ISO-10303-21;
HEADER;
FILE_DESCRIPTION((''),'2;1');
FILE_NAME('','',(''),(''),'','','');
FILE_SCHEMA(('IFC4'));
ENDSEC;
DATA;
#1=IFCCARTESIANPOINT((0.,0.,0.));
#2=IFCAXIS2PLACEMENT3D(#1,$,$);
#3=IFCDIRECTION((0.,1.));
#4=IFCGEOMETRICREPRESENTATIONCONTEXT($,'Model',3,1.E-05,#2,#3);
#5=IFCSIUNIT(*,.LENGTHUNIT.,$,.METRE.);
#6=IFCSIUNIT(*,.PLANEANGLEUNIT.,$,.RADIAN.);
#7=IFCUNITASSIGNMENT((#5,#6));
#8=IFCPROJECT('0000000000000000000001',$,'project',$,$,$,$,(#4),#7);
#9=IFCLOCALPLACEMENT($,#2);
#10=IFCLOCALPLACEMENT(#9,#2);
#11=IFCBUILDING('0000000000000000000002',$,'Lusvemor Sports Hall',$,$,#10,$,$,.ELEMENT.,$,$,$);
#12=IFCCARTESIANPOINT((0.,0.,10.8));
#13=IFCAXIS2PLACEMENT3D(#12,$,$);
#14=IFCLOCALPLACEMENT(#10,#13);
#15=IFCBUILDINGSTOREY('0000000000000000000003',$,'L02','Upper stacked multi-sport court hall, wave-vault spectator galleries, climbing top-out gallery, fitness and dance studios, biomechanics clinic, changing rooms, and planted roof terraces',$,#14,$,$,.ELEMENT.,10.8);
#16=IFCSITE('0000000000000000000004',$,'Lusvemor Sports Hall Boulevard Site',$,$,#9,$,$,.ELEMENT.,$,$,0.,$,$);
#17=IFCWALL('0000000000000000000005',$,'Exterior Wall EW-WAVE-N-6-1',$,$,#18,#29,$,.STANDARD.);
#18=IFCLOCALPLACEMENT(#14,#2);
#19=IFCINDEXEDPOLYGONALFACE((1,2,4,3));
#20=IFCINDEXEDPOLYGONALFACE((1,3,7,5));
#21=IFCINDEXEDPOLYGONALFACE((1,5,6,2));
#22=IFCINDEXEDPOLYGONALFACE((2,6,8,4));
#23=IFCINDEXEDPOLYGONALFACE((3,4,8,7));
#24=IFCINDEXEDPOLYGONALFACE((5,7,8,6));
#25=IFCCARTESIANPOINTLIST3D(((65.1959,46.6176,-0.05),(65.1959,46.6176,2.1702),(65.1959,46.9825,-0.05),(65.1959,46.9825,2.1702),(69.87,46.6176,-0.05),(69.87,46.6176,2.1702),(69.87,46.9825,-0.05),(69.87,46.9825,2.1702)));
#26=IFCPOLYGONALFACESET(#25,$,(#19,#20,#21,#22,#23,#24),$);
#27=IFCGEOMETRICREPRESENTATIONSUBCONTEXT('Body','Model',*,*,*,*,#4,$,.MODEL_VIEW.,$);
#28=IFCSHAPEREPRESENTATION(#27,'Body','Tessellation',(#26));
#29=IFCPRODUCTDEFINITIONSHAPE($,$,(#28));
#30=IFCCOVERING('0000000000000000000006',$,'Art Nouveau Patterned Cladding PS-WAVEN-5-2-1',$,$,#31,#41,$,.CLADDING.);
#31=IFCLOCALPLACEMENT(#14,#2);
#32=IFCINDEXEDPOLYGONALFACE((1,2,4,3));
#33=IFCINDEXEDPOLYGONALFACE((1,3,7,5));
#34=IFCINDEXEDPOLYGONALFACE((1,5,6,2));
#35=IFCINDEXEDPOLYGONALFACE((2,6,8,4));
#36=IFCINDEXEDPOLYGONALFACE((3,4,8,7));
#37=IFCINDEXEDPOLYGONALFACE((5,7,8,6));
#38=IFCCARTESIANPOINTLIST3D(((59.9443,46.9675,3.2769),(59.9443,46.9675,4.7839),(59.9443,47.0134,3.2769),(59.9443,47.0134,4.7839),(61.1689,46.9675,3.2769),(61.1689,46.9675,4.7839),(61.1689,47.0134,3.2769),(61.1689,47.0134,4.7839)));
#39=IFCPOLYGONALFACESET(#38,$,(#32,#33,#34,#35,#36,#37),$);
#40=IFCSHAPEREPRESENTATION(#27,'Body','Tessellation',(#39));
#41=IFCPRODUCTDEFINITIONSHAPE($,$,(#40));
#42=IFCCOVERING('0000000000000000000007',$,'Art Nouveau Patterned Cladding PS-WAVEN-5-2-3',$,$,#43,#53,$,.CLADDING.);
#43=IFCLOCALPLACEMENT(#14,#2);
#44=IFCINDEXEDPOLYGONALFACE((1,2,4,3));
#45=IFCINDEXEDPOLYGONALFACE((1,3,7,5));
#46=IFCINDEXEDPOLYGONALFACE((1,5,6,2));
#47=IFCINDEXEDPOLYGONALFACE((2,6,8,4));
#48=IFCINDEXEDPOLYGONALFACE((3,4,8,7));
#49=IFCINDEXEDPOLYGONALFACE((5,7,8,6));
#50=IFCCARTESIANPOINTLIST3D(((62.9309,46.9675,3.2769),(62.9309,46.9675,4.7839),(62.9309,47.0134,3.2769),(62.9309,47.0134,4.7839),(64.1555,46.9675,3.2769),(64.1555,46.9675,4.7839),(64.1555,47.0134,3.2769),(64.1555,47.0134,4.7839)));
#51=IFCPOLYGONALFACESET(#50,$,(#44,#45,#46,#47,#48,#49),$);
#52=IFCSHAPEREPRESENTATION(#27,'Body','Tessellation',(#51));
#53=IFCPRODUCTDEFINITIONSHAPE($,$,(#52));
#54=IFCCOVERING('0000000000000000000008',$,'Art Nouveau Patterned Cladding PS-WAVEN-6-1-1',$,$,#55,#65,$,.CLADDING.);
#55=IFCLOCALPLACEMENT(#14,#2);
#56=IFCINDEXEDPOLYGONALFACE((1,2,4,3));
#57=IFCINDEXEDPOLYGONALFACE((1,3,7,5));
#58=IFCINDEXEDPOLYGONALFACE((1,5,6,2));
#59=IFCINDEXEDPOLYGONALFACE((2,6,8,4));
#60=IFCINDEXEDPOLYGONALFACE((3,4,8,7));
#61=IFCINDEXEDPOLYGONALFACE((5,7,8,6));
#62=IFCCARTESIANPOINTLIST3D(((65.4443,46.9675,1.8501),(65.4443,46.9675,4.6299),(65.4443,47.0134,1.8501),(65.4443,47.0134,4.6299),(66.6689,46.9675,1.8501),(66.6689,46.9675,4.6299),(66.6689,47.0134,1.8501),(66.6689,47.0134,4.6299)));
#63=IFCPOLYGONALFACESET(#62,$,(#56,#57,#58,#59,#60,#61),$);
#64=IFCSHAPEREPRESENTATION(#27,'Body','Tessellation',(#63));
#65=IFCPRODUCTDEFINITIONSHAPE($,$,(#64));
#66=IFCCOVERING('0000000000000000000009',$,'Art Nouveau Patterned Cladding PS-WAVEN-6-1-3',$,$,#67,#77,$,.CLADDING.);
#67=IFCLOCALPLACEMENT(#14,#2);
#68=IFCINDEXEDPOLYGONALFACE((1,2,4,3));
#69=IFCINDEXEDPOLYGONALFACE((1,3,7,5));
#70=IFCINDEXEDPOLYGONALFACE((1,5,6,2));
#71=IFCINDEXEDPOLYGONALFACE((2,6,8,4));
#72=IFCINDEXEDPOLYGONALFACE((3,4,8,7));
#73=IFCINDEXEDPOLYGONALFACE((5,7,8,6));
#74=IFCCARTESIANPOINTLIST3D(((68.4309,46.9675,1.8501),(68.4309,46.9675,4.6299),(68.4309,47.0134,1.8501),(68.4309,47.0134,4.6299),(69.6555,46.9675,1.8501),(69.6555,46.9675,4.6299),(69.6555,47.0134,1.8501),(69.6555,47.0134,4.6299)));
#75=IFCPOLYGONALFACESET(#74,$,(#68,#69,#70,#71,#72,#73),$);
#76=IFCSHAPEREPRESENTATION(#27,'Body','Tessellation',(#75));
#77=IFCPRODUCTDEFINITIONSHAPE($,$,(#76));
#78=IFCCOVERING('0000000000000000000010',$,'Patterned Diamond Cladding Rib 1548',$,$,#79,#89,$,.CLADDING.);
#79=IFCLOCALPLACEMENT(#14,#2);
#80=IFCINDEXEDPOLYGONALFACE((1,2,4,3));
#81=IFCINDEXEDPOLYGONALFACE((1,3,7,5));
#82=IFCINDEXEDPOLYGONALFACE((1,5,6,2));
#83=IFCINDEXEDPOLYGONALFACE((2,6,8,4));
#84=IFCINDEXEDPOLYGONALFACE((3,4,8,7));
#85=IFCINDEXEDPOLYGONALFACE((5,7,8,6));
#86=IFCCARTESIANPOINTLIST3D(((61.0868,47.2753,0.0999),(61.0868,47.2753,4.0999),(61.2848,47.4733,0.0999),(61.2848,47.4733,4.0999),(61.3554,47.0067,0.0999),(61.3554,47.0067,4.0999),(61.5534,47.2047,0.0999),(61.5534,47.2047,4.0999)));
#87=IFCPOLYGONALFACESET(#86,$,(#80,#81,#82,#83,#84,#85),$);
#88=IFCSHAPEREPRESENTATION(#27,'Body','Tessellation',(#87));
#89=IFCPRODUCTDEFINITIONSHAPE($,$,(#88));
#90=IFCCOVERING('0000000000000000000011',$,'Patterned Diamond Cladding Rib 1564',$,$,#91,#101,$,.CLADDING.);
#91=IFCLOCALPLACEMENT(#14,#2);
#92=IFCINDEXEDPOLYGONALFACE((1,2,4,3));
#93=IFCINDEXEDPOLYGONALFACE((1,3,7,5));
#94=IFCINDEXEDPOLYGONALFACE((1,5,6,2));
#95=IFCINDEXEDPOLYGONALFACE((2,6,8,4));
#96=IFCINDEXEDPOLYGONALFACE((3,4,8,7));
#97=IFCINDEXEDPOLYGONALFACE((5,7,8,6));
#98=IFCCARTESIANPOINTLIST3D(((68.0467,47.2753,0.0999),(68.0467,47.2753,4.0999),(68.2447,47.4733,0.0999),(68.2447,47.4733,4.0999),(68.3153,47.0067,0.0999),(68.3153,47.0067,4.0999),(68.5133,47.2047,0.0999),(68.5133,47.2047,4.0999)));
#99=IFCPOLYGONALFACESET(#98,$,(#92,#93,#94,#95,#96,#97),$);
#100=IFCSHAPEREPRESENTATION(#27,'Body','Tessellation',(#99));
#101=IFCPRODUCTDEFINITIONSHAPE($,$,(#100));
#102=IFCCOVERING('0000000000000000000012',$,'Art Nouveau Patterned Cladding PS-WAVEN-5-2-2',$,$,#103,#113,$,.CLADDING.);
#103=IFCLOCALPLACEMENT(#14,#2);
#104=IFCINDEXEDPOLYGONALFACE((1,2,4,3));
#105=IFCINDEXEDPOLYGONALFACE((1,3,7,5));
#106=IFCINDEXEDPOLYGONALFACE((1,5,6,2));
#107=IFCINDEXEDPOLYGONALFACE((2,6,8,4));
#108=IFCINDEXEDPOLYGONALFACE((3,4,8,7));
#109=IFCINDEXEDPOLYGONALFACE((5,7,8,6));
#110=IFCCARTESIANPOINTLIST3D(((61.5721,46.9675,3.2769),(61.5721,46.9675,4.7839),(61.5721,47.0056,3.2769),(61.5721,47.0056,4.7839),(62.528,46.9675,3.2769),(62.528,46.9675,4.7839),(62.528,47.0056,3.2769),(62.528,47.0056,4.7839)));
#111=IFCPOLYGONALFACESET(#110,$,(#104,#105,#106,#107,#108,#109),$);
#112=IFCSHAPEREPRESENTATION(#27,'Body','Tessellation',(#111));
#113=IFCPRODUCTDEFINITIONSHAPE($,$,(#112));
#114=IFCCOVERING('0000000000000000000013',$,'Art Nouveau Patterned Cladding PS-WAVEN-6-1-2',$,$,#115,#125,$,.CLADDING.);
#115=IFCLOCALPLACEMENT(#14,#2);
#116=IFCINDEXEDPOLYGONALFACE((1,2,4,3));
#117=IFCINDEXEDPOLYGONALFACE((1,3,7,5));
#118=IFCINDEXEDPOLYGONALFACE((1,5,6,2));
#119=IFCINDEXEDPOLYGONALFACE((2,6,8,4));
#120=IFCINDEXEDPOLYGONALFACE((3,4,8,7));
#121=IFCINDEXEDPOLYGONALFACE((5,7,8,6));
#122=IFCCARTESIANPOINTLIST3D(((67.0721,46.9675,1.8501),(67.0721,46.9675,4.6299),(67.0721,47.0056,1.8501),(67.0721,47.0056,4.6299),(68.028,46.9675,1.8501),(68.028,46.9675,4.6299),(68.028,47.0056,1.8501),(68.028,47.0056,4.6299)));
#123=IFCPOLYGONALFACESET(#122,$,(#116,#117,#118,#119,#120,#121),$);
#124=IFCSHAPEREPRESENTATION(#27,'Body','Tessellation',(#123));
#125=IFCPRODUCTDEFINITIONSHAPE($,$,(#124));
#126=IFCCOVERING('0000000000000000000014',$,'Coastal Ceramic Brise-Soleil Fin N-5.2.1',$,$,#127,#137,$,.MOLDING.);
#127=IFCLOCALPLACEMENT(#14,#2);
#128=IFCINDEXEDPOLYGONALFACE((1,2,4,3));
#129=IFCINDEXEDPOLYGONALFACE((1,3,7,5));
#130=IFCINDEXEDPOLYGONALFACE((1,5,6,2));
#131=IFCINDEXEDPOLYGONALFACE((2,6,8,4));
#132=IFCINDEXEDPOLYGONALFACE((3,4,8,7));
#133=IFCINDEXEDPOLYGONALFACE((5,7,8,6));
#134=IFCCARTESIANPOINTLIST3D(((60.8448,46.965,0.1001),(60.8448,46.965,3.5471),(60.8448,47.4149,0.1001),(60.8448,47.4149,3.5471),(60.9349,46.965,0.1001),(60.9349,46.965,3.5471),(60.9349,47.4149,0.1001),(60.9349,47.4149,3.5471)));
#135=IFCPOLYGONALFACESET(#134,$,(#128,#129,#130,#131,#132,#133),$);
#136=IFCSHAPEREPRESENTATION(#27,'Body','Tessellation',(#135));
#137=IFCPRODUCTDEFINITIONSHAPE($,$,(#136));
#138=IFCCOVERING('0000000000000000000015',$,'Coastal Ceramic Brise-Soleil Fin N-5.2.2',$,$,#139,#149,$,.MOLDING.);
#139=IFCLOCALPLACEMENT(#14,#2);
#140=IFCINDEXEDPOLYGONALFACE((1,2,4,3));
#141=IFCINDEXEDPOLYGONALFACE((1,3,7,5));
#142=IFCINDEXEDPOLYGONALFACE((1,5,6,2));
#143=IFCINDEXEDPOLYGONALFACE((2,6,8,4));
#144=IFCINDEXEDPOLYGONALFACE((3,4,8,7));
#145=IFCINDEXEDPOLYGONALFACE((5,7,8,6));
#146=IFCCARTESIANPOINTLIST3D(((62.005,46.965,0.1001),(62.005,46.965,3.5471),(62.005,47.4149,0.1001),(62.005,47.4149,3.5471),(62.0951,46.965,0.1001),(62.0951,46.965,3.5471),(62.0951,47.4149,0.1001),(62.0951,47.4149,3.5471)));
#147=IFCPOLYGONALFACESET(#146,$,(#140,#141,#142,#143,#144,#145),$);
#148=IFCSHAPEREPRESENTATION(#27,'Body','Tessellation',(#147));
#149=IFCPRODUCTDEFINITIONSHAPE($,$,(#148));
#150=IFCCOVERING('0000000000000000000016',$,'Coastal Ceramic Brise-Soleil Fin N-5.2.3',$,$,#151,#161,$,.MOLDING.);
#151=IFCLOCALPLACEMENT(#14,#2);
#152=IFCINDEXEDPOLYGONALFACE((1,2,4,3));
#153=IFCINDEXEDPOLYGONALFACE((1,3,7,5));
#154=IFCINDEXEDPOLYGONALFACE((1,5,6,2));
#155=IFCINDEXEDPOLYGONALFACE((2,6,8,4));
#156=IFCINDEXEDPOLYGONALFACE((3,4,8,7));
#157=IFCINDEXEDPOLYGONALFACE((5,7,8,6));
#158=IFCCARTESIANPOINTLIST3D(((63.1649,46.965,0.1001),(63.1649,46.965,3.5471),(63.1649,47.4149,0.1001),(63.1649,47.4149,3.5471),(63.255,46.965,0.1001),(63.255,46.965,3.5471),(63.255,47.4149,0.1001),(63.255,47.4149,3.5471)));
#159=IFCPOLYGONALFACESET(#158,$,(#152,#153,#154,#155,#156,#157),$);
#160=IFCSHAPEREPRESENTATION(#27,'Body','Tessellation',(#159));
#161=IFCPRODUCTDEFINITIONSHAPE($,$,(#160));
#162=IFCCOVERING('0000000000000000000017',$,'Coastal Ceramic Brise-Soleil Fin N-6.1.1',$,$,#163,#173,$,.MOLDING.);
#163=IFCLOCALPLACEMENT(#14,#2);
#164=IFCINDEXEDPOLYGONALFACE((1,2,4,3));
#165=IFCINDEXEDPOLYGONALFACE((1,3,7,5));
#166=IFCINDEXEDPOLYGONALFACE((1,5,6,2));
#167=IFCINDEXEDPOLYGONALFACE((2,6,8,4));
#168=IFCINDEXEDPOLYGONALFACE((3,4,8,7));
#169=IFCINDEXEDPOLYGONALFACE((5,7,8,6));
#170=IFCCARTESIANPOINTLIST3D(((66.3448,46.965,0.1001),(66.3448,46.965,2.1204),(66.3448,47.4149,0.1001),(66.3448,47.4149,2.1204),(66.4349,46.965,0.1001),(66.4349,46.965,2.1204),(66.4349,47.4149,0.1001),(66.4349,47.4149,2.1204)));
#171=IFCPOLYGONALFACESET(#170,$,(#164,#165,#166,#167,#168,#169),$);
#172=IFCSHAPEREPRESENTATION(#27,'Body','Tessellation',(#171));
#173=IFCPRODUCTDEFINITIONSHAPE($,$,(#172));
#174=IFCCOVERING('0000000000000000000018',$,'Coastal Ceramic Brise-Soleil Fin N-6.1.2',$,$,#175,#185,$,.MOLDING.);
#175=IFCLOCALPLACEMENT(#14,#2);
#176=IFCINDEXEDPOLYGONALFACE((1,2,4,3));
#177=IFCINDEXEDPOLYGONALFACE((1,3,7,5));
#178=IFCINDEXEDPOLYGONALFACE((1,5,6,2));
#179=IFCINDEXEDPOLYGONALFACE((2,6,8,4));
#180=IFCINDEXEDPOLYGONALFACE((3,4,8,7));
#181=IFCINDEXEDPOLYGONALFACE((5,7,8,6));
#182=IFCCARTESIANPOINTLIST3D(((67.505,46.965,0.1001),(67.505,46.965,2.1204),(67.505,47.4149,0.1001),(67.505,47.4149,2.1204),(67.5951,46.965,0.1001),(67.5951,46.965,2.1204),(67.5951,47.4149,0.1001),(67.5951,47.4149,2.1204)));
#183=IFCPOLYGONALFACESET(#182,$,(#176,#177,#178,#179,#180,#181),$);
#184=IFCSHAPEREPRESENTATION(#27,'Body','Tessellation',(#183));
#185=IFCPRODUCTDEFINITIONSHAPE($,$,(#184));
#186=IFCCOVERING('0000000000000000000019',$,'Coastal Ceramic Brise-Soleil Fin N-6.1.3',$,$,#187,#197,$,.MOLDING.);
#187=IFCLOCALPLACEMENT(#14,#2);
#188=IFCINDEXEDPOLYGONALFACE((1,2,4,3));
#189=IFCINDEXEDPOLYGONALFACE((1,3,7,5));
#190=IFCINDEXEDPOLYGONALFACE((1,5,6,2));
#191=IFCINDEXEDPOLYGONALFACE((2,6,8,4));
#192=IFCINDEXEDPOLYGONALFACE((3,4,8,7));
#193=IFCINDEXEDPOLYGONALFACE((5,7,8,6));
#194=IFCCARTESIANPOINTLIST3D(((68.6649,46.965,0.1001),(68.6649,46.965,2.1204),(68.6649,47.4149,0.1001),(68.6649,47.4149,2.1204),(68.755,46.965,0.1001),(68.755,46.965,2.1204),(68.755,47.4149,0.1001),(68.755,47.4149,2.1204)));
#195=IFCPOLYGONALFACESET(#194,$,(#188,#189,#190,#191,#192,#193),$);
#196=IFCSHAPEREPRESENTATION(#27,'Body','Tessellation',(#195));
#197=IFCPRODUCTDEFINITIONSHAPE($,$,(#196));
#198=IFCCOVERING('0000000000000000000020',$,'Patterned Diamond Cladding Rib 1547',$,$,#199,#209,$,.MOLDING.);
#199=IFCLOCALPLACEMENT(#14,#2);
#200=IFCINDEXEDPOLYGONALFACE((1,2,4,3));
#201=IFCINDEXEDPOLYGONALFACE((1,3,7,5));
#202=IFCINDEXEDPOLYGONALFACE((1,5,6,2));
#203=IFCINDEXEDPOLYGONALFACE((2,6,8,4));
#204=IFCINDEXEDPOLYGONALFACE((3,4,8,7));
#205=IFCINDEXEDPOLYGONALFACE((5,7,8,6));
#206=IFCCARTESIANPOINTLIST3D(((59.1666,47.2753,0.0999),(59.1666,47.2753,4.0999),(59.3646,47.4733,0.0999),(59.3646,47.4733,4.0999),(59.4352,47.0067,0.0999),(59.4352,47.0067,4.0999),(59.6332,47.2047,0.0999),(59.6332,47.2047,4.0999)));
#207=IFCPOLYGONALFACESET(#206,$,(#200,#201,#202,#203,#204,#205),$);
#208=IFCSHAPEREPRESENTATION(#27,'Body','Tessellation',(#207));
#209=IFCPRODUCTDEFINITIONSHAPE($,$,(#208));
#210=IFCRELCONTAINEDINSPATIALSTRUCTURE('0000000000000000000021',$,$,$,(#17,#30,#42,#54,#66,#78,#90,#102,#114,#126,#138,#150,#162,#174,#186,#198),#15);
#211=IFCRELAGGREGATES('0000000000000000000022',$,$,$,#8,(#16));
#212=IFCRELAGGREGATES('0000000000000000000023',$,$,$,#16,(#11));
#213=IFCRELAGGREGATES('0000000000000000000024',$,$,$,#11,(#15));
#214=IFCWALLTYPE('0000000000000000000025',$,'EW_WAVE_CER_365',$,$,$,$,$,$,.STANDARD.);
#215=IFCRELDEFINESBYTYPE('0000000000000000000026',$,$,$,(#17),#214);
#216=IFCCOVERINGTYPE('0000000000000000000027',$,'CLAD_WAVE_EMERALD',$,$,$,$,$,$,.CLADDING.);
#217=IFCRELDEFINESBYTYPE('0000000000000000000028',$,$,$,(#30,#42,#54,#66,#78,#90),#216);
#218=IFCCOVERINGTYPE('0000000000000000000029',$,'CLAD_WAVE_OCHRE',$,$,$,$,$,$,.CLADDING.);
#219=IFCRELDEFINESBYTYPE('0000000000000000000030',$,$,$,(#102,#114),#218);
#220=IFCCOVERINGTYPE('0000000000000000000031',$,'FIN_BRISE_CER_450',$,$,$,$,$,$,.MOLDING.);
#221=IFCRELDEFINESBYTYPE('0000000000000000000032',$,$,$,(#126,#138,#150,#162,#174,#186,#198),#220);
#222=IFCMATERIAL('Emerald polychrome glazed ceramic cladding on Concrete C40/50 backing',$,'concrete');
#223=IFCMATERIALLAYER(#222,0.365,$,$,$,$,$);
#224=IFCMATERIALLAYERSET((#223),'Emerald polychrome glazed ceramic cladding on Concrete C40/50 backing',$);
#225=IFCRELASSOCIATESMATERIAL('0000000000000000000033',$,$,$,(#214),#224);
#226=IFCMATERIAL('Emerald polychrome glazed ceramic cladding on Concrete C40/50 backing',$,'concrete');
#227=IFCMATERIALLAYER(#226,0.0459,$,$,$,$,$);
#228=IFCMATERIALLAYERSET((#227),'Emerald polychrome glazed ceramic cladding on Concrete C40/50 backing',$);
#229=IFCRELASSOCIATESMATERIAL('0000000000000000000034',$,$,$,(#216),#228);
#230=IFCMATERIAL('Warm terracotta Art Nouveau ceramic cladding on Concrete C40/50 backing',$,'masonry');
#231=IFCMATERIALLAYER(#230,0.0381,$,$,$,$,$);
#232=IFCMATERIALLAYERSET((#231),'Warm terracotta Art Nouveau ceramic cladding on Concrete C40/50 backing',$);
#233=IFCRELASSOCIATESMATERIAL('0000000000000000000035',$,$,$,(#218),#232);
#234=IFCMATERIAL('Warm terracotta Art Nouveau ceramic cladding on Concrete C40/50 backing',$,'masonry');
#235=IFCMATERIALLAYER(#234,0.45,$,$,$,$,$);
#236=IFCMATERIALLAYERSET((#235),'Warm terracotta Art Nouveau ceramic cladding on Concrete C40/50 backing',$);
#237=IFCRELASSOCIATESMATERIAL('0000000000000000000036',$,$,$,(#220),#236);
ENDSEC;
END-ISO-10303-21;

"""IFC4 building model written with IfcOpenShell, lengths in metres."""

from ifc_helpers import new_model, si_unit, direction, frame, frame_2d, origin, origin_2d, place, context, subcontext, project, spatial, rectangle, extrude, material, layer, layer_set, type_object, element, save


model = new_model("IFC4")

# Units and contexts
model_context = context("Model", 3, precision=1e-05, world=origin(), true_north=direction((0.0, 1.0)))
body_context = subcontext(model_context, "Body", "Model", "MODEL_VIEW")
ifc_project = project(units=[si_unit("LENGTHUNIT", "METRE"), si_unit("PLANEANGLEUNIT", "RADIAN")], contexts=[model_context])

# Site, building, storey
site_placement = place(None, origin())
site = spatial("IfcSite", under=ifc_project, at=site_placement, Name="Lusvemor Sports Hall Boulevard Site", CompositionType="ELEMENT", RefElevation=0.0)
building_placement = place(site_placement, origin())
building = spatial("IfcBuilding", under=site, at=building_placement, Name="Lusvemor Sports Hall", CompositionType="ELEMENT")
storey_placement = place(building_placement, frame((0.0, 0.0, 10.8)))
storey = spatial("IfcBuildingStorey", under=building, at=storey_placement, Name="L02", Description="Upper stacked multi-sport court hall, wave-vault spectator galleries, climbing top-out gallery, fitness and dance studios, biomechanics clinic, changing rooms, and planted roof terraces", CompositionType="ELEMENT", Elevation=10.8)

# Shared definitions
ifc_material_1 = material(Name="Emerald polychrome glazed ceramic cladding on Concrete C40/50 backing", Category="concrete")
ifc_layer_1 = layer(ifc_material_1, 0.365)
ifc_layer_set_1 = layer_set([ifc_layer_1], Name="Emerald polychrome glazed ceramic cladding on Concrete C40/50 backing")
wall_type = type_object("IfcWallType", Name="EW_WAVE_CER_365", PredefinedType="STANDARD", material=ifc_layer_set_1)

# Wall
wall_1_placement = place(storey_placement, frame((65.196, 46.8, -0.05), z_axis=(0.0, 0.0, 1.0), x_axis=(1.0, 0.0, 0.0)))
element("IfcWall", 1, at=wall_1_placement, inside=storey, type_object=wall_type, Name="Exterior Wall EW-WAVE-N-6-1", PredefinedType="STANDARD", context=body_context, shape_type="SweptSolid", body=[
    extrude(rectangle(XDim=4.6741, YDim=0.365, at=frame_2d((2.3369, 0.0))), origin(), (0.0, 0.0, 1.0), 2.2202),
])

# Coverings
ifc_material_2 = material(Name="Emerald polychrome glazed ceramic cladding on Concrete C40/50 backing", Category="concrete")
ifc_layer_2 = layer(ifc_material_2, 0.0459)
ifc_layer_set_2 = layer_set([ifc_layer_2], Name="Emerald polychrome glazed ceramic cladding on Concrete C40/50 backing")
covering_type_1 = type_object("IfcCoveringType", Name="CLAD_WAVE_EMERALD", PredefinedType="CLADDING", material=ifc_layer_set_2)
for number, where, z_axis, x_axis, name in (
    (2, (60.5566, 46.9905, 3.2769), (0.0, 0.0, 1.0), (1.0, 0.0, 0.0), "Art Nouveau Patterned Cladding PS-WAVEN-5-2-1"),
    (3, (63.5432, 46.9905, 3.2769), (0.0, 0.0, 1.0), (1.0, 0.0, 0.0), "Art Nouveau Patterned Cladding PS-WAVEN-5-2-3"),
):
    element("IfcCovering", number, at=place(storey_placement, frame(where, z_axis=z_axis, x_axis=x_axis)), inside=storey, type_object=covering_type_1, Name=name, PredefinedType="CLADDING", context=body_context, shape_type="SweptSolid", body=[
        extrude(rectangle(XDim=1.2246, YDim=0.0459, at=origin_2d()), origin(), (0.0, 0.0, 1.0), 1.5071),
    ])
for number, where, z_axis, x_axis, name in (
    (4, (66.0566, 46.9905, 1.8501), (0.0, 0.0, 1.0), (1.0, 0.0, 0.0), "Art Nouveau Patterned Cladding PS-WAVEN-6-1-1"),
    (5, (69.0432, 46.9905, 1.8501), (0.0, 0.0, 1.0), (1.0, 0.0, 0.0), "Art Nouveau Patterned Cladding PS-WAVEN-6-1-3"),
):
    element("IfcCovering", number, at=place(storey_placement, frame(where, z_axis=z_axis, x_axis=x_axis)), inside=storey, type_object=covering_type_1, Name=name, PredefinedType="CLADDING", context=body_context, shape_type="SweptSolid", body=[
        extrude(rectangle(XDim=1.2246, YDim=0.0459, at=origin_2d()), origin(), (0.0, 0.0, 1.0), 2.7798),
    ])
for number, where, z_axis, x_axis, name in (
    (6, (61.3201, 47.24, 0.0999), (0.0, 0.0, 1.0), (0.707107, 0.707107, 0.0), "Patterned Diamond Cladding Rib 1548"),
    (7, (68.28, 47.24, 0.0999), (0.0, 0.0, 1.0), (0.707107, 0.707107, 0.0), "Patterned Diamond Cladding Rib 1564"),
):
    element("IfcCovering", number, at=place(storey_placement, frame(where, z_axis=z_axis, x_axis=x_axis)), inside=storey, type_object=covering_type_1, Name=name, PredefinedType="CLADDING", context=body_context, shape_type="SweptSolid", body=[
        extrude(rectangle(XDim=0.28, YDim=0.3799, at=origin_2d()), origin(), (0.0, 0.0, 1.0), 4.0),
    ])
ifc_material_3 = material(Name="Warm terracotta Art Nouveau ceramic cladding on Concrete C40/50 backing", Category="masonry")
ifc_layer_3 = layer(ifc_material_3, 0.0381)
ifc_layer_set_3 = layer_set([ifc_layer_3], Name="Warm terracotta Art Nouveau ceramic cladding on Concrete C40/50 backing")
covering_type_2 = type_object("IfcCoveringType", Name="CLAD_WAVE_OCHRE", PredefinedType="CLADDING", material=ifc_layer_set_3)
covering_1_placement = place(storey_placement, frame((62.05, 46.9866, 3.2769), z_axis=(0.0, 0.0, 1.0), x_axis=(1.0, 0.0, 0.0)))
element("IfcCovering", 8, at=covering_1_placement, inside=storey, type_object=covering_type_2, Name="Art Nouveau Patterned Cladding PS-WAVEN-5-2-2", PredefinedType="CLADDING", context=body_context, shape_type="SweptSolid", body=[
    extrude(rectangle(XDim=0.9558, YDim=0.0381, at=origin_2d()), origin(), (0.0, 0.0, 1.0), 1.5071),
])
covering_2_placement = place(storey_placement, frame((67.55, 46.9866, 1.8501), z_axis=(0.0, 0.0, 1.0), x_axis=(1.0, 0.0, 0.0)))
element("IfcCovering", 9, at=covering_2_placement, inside=storey, type_object=covering_type_2, Name="Art Nouveau Patterned Cladding PS-WAVEN-6-1-2", PredefinedType="CLADDING", context=body_context, shape_type="SweptSolid", body=[
    extrude(rectangle(XDim=0.9558, YDim=0.0381, at=origin_2d()), origin(), (0.0, 0.0, 1.0), 2.7798),
])
ifc_material_4 = material(Name="Warm terracotta Art Nouveau ceramic cladding on Concrete C40/50 backing", Category="masonry")
ifc_layer_4 = layer(ifc_material_4, 0.45)
ifc_layer_set_4 = layer_set([ifc_layer_4], Name="Warm terracotta Art Nouveau ceramic cladding on Concrete C40/50 backing")
covering_type_3 = type_object("IfcCoveringType", Name="FIN_BRISE_CER_450", PredefinedType="MOLDING", material=ifc_layer_set_4)
for number, where, z_axis, x_axis, name in (
    (10, (60.8899, 47.1899, 0.1001), (0.0, 0.0, 1.0), (1.0, 0.0, 0.0), "Coastal Ceramic Brise-Soleil Fin N-5.2.1"),
    (11, (62.05, 47.1899, 0.1001), (0.0, 0.0, 1.0), (1.0, 0.0, 0.0), "Coastal Ceramic Brise-Soleil Fin N-5.2.2"),
    (12, (63.21, 47.1899, 0.1001), (0.0, 0.0, 1.0), (1.0, 0.0, 0.0), "Coastal Ceramic Brise-Soleil Fin N-5.2.3"),
):
    element("IfcCovering", number, at=place(storey_placement, frame(where, z_axis=z_axis, x_axis=x_axis)), inside=storey, type_object=covering_type_3, Name=name, PredefinedType="MOLDING", context=body_context, shape_type="SweptSolid", body=[
        extrude(rectangle(XDim=0.0901, YDim=0.45, at=origin_2d()), origin(), (0.0, 0.0, 1.0), 3.447),
    ])
for number, where, z_axis, x_axis, name in (
    (13, (66.3899, 47.1899, 0.1001), (0.0, 0.0, 1.0), (1.0, 0.0, 0.0), "Coastal Ceramic Brise-Soleil Fin N-6.1.1"),
    (14, (67.55, 47.1899, 0.1001), (0.0, 0.0, 1.0), (1.0, 0.0, 0.0), "Coastal Ceramic Brise-Soleil Fin N-6.1.2"),
    (15, (68.71, 47.1899, 0.1001), (0.0, 0.0, 1.0), (1.0, 0.0, 0.0), "Coastal Ceramic Brise-Soleil Fin N-6.1.3"),
):
    element("IfcCovering", number, at=place(storey_placement, frame(where, z_axis=z_axis, x_axis=x_axis)), inside=storey, type_object=covering_type_3, Name=name, PredefinedType="MOLDING", context=body_context, shape_type="SweptSolid", body=[
        extrude(rectangle(XDim=0.0901, YDim=0.45, at=origin_2d()), origin(), (0.0, 0.0, 1.0), 2.0203),
    ])
for number, where, z_axis, x_axis, name in (
    (16, (59.3999, 47.24, 0.0999), (0.0, 0.0, 1.0), (0.707107, 0.707107, 0.0), "Patterned Diamond Cladding Rib 1547"),
):
    element("IfcCovering", number, at=place(storey_placement, frame(where, z_axis=z_axis, x_axis=x_axis)), inside=storey, type_object=covering_type_3, Name=name, PredefinedType="MOLDING", context=body_context, shape_type="SweptSolid", body=[
        extrude(rectangle(XDim=0.28, YDim=0.3799, at=origin_2d()), origin(), (0.0, 0.0, 1.0), 4.0),
    ])

save(model, "model.ifc")
